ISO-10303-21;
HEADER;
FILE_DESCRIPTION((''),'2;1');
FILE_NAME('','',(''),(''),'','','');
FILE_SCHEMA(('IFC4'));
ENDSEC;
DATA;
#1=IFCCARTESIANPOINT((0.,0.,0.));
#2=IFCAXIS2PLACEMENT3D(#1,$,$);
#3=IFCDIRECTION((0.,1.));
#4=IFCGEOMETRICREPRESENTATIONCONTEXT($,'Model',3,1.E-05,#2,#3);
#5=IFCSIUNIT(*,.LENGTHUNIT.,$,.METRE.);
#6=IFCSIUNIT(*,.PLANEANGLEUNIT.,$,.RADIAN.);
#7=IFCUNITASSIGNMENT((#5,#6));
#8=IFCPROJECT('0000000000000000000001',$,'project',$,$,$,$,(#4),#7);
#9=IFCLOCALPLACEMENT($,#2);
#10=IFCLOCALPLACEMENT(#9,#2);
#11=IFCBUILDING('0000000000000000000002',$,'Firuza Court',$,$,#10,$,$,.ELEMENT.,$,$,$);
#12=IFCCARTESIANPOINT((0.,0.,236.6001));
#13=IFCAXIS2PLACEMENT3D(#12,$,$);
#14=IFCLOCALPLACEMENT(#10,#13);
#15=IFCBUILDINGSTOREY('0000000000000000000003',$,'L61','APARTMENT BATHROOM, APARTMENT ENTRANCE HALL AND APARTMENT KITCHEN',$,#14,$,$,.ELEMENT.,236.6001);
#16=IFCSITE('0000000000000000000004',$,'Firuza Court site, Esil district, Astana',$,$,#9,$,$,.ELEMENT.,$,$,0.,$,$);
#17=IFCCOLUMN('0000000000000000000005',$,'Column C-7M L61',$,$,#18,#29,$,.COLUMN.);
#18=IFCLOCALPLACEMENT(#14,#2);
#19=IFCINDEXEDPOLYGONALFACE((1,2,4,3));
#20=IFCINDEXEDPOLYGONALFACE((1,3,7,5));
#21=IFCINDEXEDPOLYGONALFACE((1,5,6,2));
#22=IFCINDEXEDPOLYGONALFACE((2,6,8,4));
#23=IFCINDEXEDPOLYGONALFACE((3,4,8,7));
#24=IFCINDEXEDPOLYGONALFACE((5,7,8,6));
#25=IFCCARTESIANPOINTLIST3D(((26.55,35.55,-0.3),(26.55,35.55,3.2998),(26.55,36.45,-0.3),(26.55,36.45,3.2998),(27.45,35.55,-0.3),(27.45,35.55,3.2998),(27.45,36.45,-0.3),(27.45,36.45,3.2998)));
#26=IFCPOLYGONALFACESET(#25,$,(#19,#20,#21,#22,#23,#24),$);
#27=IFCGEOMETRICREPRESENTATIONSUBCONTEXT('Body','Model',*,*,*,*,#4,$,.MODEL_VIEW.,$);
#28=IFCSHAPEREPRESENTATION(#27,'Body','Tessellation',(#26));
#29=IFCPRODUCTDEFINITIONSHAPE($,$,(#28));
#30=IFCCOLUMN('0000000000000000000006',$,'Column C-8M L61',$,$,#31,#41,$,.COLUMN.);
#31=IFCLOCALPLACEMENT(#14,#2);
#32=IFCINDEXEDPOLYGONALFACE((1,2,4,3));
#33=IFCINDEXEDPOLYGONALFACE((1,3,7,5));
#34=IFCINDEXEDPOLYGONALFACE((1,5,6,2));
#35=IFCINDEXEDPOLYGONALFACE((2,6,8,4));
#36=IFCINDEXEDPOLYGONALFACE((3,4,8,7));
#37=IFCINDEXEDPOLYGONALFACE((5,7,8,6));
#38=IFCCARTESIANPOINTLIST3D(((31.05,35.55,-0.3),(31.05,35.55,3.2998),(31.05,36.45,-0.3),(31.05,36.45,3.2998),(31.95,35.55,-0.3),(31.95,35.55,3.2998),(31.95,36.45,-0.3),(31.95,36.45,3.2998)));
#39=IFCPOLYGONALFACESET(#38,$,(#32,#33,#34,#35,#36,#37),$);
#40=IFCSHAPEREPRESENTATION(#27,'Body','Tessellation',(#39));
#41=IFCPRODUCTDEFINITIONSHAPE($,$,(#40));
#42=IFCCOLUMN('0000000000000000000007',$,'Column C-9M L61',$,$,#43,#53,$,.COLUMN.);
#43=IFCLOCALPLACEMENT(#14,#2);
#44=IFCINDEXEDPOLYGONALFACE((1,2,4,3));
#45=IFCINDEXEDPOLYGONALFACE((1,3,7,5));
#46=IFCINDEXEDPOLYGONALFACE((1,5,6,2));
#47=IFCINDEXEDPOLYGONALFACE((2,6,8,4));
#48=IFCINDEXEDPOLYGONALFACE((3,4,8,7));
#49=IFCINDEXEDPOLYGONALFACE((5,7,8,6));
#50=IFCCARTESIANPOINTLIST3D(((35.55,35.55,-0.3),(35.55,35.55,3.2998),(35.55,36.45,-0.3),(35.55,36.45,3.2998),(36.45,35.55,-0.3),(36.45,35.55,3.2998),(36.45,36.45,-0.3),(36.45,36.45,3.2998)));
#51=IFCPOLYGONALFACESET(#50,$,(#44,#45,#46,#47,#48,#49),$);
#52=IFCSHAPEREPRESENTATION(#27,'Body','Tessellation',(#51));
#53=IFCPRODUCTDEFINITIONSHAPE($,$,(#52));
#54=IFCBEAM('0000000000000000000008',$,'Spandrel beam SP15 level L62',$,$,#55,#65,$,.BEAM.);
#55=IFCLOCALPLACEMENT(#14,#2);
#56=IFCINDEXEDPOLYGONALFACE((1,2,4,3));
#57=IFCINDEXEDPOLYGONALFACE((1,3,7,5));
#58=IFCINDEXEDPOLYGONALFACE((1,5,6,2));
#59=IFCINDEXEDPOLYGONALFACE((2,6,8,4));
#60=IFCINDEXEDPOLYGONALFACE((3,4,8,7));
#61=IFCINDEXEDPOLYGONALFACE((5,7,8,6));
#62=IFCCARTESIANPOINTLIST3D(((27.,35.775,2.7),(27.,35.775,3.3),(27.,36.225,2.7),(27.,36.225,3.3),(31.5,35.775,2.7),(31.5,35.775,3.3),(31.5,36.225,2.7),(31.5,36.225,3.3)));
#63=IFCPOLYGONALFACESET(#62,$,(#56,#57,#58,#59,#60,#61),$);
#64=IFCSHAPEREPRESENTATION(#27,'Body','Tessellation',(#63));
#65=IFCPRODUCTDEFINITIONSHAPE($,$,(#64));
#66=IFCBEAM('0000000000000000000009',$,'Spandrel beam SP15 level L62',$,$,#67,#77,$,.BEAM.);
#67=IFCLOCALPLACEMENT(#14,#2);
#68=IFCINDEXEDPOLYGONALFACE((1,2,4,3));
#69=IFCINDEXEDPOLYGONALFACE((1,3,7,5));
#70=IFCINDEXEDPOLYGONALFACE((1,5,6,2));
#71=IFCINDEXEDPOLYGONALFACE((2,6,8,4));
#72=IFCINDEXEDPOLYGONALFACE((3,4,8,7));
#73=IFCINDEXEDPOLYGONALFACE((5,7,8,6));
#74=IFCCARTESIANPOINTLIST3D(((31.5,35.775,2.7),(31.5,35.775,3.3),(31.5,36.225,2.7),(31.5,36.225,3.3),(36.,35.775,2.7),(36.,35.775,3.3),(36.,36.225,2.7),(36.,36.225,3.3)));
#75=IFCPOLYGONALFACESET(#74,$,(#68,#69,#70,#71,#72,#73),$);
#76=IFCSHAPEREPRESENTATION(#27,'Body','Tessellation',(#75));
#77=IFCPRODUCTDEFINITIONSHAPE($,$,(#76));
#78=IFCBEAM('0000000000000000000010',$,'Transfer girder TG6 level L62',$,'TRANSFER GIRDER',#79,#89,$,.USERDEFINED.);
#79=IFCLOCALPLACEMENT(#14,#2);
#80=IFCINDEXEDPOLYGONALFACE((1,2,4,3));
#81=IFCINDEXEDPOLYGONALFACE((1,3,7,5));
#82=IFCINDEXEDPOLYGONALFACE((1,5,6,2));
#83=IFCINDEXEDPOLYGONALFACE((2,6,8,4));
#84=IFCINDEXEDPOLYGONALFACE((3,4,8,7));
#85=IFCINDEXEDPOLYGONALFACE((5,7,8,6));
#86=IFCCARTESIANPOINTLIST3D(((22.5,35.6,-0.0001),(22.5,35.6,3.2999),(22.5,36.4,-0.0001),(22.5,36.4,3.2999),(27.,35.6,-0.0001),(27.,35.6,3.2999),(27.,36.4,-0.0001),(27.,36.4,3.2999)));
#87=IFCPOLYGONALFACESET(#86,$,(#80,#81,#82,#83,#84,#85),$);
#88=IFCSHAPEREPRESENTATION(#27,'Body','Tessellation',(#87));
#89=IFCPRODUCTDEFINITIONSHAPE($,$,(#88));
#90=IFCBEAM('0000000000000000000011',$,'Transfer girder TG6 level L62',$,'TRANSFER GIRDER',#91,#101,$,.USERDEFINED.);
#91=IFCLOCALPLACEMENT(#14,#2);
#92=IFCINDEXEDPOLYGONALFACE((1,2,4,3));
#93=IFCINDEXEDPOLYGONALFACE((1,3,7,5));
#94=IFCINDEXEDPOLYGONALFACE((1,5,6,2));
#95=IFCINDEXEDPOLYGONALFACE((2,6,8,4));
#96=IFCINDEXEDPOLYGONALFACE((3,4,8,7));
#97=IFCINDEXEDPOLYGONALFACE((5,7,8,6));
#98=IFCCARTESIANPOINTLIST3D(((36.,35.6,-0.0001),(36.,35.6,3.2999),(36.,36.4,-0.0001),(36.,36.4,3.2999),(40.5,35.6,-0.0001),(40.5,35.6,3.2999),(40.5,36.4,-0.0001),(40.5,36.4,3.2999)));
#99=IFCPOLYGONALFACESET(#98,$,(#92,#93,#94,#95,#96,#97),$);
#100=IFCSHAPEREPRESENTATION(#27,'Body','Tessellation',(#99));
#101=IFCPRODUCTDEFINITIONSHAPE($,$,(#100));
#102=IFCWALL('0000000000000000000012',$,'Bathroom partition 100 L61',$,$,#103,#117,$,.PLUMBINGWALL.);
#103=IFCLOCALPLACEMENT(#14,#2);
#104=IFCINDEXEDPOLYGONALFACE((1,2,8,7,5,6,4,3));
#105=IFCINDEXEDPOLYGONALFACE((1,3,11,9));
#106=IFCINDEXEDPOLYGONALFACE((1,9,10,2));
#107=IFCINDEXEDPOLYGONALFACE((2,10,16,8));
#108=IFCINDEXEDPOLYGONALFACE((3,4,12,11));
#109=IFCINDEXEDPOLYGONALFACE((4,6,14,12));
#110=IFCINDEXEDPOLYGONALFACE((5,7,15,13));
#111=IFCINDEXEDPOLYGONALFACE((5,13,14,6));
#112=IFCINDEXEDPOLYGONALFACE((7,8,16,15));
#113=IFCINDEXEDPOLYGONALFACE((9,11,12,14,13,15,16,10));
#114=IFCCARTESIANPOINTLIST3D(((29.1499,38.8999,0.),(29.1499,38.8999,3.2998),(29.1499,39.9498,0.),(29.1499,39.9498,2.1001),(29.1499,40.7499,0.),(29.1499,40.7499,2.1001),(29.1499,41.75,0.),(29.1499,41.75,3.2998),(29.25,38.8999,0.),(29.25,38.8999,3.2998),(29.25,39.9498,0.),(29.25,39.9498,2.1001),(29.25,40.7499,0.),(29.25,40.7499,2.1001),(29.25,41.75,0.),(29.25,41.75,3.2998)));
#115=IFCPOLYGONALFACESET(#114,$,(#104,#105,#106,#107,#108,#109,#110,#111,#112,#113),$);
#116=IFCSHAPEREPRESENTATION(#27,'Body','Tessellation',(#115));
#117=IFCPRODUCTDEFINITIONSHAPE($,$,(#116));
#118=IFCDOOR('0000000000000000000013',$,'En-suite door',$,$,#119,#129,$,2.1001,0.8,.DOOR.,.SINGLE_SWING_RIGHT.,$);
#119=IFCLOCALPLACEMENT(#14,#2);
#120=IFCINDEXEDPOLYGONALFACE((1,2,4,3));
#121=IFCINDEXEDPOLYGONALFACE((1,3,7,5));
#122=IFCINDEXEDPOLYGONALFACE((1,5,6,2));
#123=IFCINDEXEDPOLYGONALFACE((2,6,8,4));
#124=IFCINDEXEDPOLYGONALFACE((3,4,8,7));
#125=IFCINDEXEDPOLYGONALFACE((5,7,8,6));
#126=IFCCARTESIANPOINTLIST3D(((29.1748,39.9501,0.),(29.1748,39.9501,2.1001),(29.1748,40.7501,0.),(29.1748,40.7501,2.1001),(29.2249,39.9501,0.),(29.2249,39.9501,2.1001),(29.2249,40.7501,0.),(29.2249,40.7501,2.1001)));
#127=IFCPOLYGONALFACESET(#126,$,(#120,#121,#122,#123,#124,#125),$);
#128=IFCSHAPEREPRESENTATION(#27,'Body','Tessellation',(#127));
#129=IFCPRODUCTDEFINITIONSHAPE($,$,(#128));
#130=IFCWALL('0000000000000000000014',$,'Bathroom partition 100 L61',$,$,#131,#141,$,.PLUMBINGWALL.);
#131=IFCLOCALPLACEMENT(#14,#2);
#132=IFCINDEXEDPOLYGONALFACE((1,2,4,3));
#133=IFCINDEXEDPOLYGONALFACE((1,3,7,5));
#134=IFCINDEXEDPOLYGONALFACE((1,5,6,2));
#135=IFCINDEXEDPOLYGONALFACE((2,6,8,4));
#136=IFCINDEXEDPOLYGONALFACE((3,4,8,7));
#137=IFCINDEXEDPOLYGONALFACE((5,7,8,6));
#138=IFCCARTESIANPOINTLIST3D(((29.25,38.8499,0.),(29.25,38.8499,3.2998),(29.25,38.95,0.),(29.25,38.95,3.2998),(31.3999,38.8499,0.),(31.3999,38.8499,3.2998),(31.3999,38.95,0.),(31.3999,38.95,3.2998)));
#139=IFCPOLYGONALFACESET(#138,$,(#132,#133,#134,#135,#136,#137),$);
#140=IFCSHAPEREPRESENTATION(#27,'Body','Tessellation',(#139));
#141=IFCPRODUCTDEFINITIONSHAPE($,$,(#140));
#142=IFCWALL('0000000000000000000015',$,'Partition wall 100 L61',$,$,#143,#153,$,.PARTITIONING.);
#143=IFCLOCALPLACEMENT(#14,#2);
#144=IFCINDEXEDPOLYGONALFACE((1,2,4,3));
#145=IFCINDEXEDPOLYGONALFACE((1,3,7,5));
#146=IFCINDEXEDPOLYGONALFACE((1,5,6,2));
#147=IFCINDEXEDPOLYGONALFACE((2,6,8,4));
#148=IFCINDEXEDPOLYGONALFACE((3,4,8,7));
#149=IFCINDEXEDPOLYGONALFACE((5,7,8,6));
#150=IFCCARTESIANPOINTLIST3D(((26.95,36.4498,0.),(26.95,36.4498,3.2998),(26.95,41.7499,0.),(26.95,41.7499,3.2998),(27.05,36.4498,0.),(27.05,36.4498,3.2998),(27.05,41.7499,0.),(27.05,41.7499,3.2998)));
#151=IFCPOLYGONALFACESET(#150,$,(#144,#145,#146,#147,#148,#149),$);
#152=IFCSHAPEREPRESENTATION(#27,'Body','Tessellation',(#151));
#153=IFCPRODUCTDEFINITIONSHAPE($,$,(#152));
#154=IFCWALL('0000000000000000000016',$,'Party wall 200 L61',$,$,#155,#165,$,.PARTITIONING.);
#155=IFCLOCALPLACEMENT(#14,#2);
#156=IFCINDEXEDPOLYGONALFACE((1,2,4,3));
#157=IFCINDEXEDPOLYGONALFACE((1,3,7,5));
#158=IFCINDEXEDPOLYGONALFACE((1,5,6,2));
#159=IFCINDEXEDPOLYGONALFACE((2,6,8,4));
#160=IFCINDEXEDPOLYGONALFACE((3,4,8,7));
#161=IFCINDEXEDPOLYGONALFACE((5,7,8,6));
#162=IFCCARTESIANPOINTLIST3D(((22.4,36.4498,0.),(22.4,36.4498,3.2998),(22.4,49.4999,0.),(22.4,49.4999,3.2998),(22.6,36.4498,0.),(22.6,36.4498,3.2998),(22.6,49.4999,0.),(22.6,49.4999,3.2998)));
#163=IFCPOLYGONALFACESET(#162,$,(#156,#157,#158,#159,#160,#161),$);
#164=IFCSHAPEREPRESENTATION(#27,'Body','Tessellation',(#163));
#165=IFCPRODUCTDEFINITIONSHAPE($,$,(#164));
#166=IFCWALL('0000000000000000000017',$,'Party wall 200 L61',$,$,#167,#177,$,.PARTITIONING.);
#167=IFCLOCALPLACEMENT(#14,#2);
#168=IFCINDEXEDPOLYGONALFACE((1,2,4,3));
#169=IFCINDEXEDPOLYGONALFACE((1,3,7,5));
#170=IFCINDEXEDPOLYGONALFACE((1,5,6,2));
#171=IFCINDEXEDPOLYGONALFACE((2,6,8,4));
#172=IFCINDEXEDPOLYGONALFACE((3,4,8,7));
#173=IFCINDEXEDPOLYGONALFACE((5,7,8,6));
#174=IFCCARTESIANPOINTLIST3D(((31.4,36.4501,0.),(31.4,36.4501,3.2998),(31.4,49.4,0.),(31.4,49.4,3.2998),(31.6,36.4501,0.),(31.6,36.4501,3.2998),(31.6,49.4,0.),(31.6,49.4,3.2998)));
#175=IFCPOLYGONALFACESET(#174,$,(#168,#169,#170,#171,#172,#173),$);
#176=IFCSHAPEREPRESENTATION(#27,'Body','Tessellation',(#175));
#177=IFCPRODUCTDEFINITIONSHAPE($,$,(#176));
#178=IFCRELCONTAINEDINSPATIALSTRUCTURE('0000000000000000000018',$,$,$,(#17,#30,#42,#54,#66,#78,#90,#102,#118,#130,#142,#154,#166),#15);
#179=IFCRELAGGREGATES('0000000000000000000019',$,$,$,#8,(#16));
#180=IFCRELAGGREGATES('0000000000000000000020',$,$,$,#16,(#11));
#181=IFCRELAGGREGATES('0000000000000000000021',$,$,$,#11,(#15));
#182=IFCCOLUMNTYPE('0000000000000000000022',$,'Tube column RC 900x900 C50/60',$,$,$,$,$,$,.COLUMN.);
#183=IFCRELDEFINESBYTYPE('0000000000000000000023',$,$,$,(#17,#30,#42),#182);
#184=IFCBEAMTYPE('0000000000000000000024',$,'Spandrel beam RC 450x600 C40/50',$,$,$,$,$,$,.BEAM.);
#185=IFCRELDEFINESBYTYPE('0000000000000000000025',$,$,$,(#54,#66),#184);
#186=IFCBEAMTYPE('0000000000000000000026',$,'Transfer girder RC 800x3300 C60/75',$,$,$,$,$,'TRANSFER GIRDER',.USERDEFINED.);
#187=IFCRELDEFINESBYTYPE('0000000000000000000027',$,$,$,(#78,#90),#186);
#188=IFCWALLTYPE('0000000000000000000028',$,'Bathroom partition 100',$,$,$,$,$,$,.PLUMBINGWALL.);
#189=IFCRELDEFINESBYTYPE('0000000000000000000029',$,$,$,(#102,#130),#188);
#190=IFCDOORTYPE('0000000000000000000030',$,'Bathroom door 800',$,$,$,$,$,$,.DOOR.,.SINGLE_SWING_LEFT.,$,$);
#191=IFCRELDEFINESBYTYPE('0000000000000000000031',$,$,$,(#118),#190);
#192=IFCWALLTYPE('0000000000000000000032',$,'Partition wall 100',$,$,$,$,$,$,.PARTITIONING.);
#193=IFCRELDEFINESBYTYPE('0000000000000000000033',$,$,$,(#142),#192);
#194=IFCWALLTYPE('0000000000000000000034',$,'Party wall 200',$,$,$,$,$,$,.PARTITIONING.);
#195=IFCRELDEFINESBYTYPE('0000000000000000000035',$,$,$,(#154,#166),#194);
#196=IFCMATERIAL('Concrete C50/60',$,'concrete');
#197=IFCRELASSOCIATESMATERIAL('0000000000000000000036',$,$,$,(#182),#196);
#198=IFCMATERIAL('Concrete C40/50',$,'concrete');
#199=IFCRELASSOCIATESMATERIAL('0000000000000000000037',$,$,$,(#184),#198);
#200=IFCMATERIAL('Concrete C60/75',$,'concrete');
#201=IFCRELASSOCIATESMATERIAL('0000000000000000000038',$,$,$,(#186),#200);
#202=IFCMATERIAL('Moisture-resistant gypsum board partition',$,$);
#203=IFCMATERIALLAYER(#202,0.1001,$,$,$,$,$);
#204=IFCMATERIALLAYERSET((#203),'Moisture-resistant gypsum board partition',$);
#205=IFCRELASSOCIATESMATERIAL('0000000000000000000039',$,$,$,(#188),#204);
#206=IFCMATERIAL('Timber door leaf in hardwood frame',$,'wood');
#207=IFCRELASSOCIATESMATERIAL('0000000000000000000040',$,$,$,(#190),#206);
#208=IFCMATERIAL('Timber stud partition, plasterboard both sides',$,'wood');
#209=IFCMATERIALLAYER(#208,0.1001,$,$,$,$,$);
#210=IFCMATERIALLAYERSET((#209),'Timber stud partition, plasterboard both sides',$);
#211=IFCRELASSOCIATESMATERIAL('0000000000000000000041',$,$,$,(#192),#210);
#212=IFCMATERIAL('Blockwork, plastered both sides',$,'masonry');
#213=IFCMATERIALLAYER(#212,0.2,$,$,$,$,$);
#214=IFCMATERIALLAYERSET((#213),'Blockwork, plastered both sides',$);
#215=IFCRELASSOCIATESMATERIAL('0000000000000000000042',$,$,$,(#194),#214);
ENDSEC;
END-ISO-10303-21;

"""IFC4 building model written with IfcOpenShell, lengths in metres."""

from ifc_helpers import new_model, si_unit, direction, frame, frame_2d, origin, origin_2d, place, context, subcontext, project, spatial, rectangle, extrude, material, layer, layer_set, material_profile, profile_set, type_object, element, fill, save


model = new_model("IFC4")

# Units and contexts
model_context = context("Model", 3, precision=1e-05, world=origin(), true_north=direction((0.0, 1.0)))
body_context = subcontext(model_context, "Body", "Model", "MODEL_VIEW")
ifc_project = project(units=[si_unit("LENGTHUNIT", "METRE"), si_unit("PLANEANGLEUNIT", "RADIAN")], contexts=[model_context])

# Site, building, storey
site_placement = place(None, origin())
site = spatial("IfcSite", under=ifc_project, at=site_placement, Name="Firuza Court site, Esil district, Astana", CompositionType="ELEMENT", RefElevation=0.0)
building_placement = place(site_placement, origin())
building = spatial("IfcBuilding", under=site, at=building_placement, Name="Firuza Court", CompositionType="ELEMENT")
storey_placement = place(building_placement, frame((0.0, 0.0, 236.6001)))
storey = spatial("IfcBuildingStorey", under=building, at=storey_placement, Name="L61", Description="APARTMENT BATHROOM, APARTMENT ENTRANCE HALL AND APARTMENT KITCHEN", CompositionType="ELEMENT", Elevation=236.6001)

# Columns
ifc_material_1 = material(Name="Concrete C50/60", Category="concrete")
ifc_material_profile_1 = material_profile(ifc_material_1, rectangle(XDim=0.8999, YDim=0.8999, at=origin_2d()), Name="RC 900x900")
ifc_profile_set_1 = profile_set([ifc_material_profile_1], Name="Concrete C50/60")
column_type = type_object("IfcColumnType", Name="Tube column RC 900x900 C50/60", PredefinedType="COLUMN", material=ifc_profile_set_1)
for number, where, z_axis, x_axis, name in (
    (1, (27.0, 36.0, -0.3), (0.0, 0.0, 1.0), (1.0, 0.0, 0.0), "Column C-7M L61"),
    (2, (31.5, 36.0, -0.3), (0.0, 0.0, 1.0), (1.0, 0.0, 0.0), "Column C-8M L61"),
    (3, (36.0, 36.0, -0.3), (0.0, 0.0, 1.0), (1.0, 0.0, 0.0), "Column C-9M L61"),
):
    element("IfcColumn", number, at=place(storey_placement, frame(where, z_axis=z_axis, x_axis=x_axis)), inside=storey, type_object=column_type, Name=name, PredefinedType="COLUMN", context=body_context, shape_type="SweptSolid", body=[
        extrude(rectangle(XDim=0.8999, YDim=0.8999, at=origin_2d()), origin(), (0.0, 0.0, 1.0), 3.5999),
    ])

# Beams
ifc_material_2 = material(Name="Concrete C40/50", Category="concrete")
ifc_material_profile_2 = material_profile(ifc_material_2, rectangle(XDim=0.45, YDim=0.6001, at=origin_2d()), Name="RC 450x600")
ifc_profile_set_2 = profile_set([ifc_material_profile_2], Name="Concrete C40/50")
beam_type_1 = type_object("IfcBeamType", Name="Spandrel beam RC 450x600 C40/50", PredefinedType="BEAM", material=ifc_profile_set_2)
for number, where, z_axis, x_axis, name in (
    (4, (27.0, 36.0, 3.0), (1.0, 0.0, 0.0), (0.0, 1.0, 0.0), "Spandrel beam SP15 level L62"),
    (5, (31.5, 36.0, 3.0), (1.0, 0.0, 0.0), (0.0, 1.0, 0.0), "Spandrel beam SP15 level L62"),
):
    element("IfcBeam", number, at=place(storey_placement, frame(where, z_axis=z_axis, x_axis=x_axis)), inside=storey, type_object=beam_type_1, Name=name, PredefinedType="BEAM", context=body_context, shape_type="SweptSolid", body=[
        extrude(rectangle(XDim=0.45, YDim=0.6001, at=origin_2d()), origin(), (0.0, 0.0, 1.0), 4.5),
    ])
ifc_material_3 = material(Name="Concrete C60/75", Category="concrete")
ifc_material_profile_3 = material_profile(ifc_material_3, rectangle(XDim=0.8, YDim=3.3, at=origin_2d()), Name="RC 800x3300")
ifc_profile_set_3 = profile_set([ifc_material_profile_3], Name="Concrete C60/75")
beam_type_2 = type_object("IfcBeamType", Name="Transfer girder RC 800x3300 C60/75", ElementType="TRANSFER GIRDER", PredefinedType="USERDEFINED", material=ifc_profile_set_3)
for number, where, z_axis, x_axis, name in (
    (6, (22.5, 36.0, 1.6499), (1.0, 0.0, 0.0), (0.0, 1.0, 0.0), "Transfer girder TG6 level L62"),
    (7, (36.0, 36.0, 1.6499), (1.0, 0.0, 0.0), (0.0, 1.0, 0.0), "Transfer girder TG6 level L62"),
):
    element("IfcBeam", number, at=place(storey_placement, frame(where, z_axis=z_axis, x_axis=x_axis)), inside=storey, type_object=beam_type_2, Name=name, ObjectType="TRANSFER GIRDER", PredefinedType="USERDEFINED", context=body_context, shape_type="SweptSolid", body=[
        extrude(rectangle(XDim=0.8, YDim=3.3, at=origin_2d()), origin(), (0.0, 0.0, 1.0), 4.5),
    ])

# Wall, opening, door
ifc_material_4 = material(Name="Moisture-resistant gypsum board partition")
ifc_layer_1 = layer(ifc_material_4, 0.1001)
ifc_layer_set_1 = layer_set([ifc_layer_1], Name="Moisture-resistant gypsum board partition")
wall_type_1 = type_object("IfcWallType", Name="Bathroom partition 100", PredefinedType="PLUMBINGWALL", material=ifc_layer_set_1)
wall_1_placement = place(storey_placement, frame((29.2, 38.8999, 0.0), z_axis=(0.0, 0.0, 1.0), x_axis=(0.0, 1.0, 0.0)))
wall_1 = element("IfcWall", 8, at=wall_1_placement, inside=storey, type_object=wall_type_1, Name="Bathroom partition 100 L61", PredefinedType="PLUMBINGWALL", context=body_context, shape_type="SweptSolid", body=[
    extrude(rectangle(XDim=2.8501, YDim=0.1001, at=frame_2d((1.425, 0.0))), origin(), (0.0, 0.0, 1.0), 3.2998),
])
opening_1_placement = place(wall_1_placement, frame((1.05, 0.0, 0.0)))
opening_1 = element("IfcOpeningElement", 9, at=opening_1_placement, cuts=wall_1, PredefinedType="OPENING", context=body_context, shape_type="SweptSolid", body=[
    extrude(rectangle(XDim=0.8, YDim=2.1001, at=frame_2d((0.3999, 1.05))), frame((0.0, 0.062, 0.0), z_axis=(0.0, -1.0, 0.0), x_axis=(1.0, 0.0, 0.0)), (0.0, 0.0, 1.0), 0.124),
])
ifc_material_5 = material(Name="Timber door leaf in hardwood frame", Category="wood")
door_type = type_object("IfcDoorType", Name="Bathroom door 800", OperationType="SINGLE_SWING_LEFT", PredefinedType="DOOR", material=ifc_material_5)
door_placement = place(opening_1_placement, frame((0.8, 0.0, 0.0), z_axis=(0.0, 0.0, 1.0), x_axis=(-1.0, 0.0, 0.0)))
door = element("IfcDoor", 10, at=door_placement, inside=storey, type_object=door_type, Name="En-suite door", OperationType="SINGLE_SWING_RIGHT", OverallHeight=2.1001, OverallWidth=0.8, PredefinedType="DOOR", context=body_context, shape_type="SweptSolid", body=[
    extrude(rectangle(XDim=0.8, YDim=2.1001, at=frame_2d((0.3999, 1.05))), frame((0.0, 0.0249, 0.0), z_axis=(0.0, -1.0, 0.0), x_axis=(1.0, 0.0, 0.0)), (0.0, 0.0, 1.0), 0.05),
])
fill(opening_1, door)

# Walls
wall_2_placement = place(storey_placement, frame((29.25, 38.8999, 0.0), z_axis=(0.0, 0.0, 1.0), x_axis=(1.0, 0.0, 0.0)))
element("IfcWall", 11, at=wall_2_placement, inside=storey, type_object=wall_type_1, Name="Bathroom partition 100 L61", PredefinedType="PLUMBINGWALL", context=body_context, shape_type="SweptSolid", body=[
    extrude(rectangle(XDim=2.1499, YDim=0.1001, at=frame_2d((1.075, 0.0))), origin(), (0.0, 0.0, 1.0), 3.2998),
])
ifc_material_6 = material(Name="Timber stud partition, plasterboard both sides", Category="wood")
ifc_layer_2 = layer(ifc_material_6, 0.1001)
ifc_layer_set_2 = layer_set([ifc_layer_2], Name="Timber stud partition, plasterboard both sides")
wall_type_2 = type_object("IfcWallType", Name="Partition wall 100", PredefinedType="PARTITIONING", material=ifc_layer_set_2)
wall_3_placement = place(storey_placement, frame((27.0, 36.45, 0.0), z_axis=(0.0, 0.0, 1.0), x_axis=(0.0, 1.0, 0.0)))
element("IfcWall", 12, at=wall_3_placement, inside=storey, type_object=wall_type_2, Name="Partition wall 100 L61", PredefinedType="PARTITIONING", context=body_context, shape_type="SweptSolid", body=[
    extrude(rectangle(XDim=5.3, YDim=0.1001, at=frame_2d((2.6499, 0.0))), origin(), (0.0, 0.0, 1.0), 3.2998),
])
ifc_material_7 = material(Name="Blockwork, plastered both sides", Category="masonry")
ifc_layer_3 = layer(ifc_material_7, 0.2)
ifc_layer_set_3 = layer_set([ifc_layer_3], Name="Blockwork, plastered both sides")
wall_type_3 = type_object("IfcWallType", Name="Party wall 200", PredefinedType="PARTITIONING", material=ifc_layer_set_3)
wall_4_placement = place(storey_placement, frame((22.5, 36.45, 0.0), z_axis=(0.0, 0.0, 1.0), x_axis=(0.0, 1.0, 0.0)))
element("IfcWall", 13, at=wall_4_placement, inside=storey, type_object=wall_type_3, Name="Party wall 200 L61", PredefinedType="PARTITIONING", context=body_context, shape_type="SweptSolid", body=[
    extrude(rectangle(XDim=13.05, YDim=0.2, at=frame_2d((6.5249, 0.0))), origin(), (0.0, 0.0, 1.0), 3.2998),
])
wall_5_placement = place(storey_placement, frame((31.5, 36.45, 0.0), z_axis=(0.0, 0.0, 1.0), x_axis=(0.0, 1.0, 0.0)))
element("IfcWall", 14, at=wall_5_placement, inside=storey, type_object=wall_type_3, Name="Party wall 200 L61", PredefinedType="PARTITIONING", context=body_context, shape_type="SweptSolid", body=[
    extrude(rectangle(XDim=12.95, YDim=0.2, at=frame_2d((6.4751, 0.0))), origin(), (0.0, 0.0, 1.0), 3.2998),
])

save(model, "model.ifc")
